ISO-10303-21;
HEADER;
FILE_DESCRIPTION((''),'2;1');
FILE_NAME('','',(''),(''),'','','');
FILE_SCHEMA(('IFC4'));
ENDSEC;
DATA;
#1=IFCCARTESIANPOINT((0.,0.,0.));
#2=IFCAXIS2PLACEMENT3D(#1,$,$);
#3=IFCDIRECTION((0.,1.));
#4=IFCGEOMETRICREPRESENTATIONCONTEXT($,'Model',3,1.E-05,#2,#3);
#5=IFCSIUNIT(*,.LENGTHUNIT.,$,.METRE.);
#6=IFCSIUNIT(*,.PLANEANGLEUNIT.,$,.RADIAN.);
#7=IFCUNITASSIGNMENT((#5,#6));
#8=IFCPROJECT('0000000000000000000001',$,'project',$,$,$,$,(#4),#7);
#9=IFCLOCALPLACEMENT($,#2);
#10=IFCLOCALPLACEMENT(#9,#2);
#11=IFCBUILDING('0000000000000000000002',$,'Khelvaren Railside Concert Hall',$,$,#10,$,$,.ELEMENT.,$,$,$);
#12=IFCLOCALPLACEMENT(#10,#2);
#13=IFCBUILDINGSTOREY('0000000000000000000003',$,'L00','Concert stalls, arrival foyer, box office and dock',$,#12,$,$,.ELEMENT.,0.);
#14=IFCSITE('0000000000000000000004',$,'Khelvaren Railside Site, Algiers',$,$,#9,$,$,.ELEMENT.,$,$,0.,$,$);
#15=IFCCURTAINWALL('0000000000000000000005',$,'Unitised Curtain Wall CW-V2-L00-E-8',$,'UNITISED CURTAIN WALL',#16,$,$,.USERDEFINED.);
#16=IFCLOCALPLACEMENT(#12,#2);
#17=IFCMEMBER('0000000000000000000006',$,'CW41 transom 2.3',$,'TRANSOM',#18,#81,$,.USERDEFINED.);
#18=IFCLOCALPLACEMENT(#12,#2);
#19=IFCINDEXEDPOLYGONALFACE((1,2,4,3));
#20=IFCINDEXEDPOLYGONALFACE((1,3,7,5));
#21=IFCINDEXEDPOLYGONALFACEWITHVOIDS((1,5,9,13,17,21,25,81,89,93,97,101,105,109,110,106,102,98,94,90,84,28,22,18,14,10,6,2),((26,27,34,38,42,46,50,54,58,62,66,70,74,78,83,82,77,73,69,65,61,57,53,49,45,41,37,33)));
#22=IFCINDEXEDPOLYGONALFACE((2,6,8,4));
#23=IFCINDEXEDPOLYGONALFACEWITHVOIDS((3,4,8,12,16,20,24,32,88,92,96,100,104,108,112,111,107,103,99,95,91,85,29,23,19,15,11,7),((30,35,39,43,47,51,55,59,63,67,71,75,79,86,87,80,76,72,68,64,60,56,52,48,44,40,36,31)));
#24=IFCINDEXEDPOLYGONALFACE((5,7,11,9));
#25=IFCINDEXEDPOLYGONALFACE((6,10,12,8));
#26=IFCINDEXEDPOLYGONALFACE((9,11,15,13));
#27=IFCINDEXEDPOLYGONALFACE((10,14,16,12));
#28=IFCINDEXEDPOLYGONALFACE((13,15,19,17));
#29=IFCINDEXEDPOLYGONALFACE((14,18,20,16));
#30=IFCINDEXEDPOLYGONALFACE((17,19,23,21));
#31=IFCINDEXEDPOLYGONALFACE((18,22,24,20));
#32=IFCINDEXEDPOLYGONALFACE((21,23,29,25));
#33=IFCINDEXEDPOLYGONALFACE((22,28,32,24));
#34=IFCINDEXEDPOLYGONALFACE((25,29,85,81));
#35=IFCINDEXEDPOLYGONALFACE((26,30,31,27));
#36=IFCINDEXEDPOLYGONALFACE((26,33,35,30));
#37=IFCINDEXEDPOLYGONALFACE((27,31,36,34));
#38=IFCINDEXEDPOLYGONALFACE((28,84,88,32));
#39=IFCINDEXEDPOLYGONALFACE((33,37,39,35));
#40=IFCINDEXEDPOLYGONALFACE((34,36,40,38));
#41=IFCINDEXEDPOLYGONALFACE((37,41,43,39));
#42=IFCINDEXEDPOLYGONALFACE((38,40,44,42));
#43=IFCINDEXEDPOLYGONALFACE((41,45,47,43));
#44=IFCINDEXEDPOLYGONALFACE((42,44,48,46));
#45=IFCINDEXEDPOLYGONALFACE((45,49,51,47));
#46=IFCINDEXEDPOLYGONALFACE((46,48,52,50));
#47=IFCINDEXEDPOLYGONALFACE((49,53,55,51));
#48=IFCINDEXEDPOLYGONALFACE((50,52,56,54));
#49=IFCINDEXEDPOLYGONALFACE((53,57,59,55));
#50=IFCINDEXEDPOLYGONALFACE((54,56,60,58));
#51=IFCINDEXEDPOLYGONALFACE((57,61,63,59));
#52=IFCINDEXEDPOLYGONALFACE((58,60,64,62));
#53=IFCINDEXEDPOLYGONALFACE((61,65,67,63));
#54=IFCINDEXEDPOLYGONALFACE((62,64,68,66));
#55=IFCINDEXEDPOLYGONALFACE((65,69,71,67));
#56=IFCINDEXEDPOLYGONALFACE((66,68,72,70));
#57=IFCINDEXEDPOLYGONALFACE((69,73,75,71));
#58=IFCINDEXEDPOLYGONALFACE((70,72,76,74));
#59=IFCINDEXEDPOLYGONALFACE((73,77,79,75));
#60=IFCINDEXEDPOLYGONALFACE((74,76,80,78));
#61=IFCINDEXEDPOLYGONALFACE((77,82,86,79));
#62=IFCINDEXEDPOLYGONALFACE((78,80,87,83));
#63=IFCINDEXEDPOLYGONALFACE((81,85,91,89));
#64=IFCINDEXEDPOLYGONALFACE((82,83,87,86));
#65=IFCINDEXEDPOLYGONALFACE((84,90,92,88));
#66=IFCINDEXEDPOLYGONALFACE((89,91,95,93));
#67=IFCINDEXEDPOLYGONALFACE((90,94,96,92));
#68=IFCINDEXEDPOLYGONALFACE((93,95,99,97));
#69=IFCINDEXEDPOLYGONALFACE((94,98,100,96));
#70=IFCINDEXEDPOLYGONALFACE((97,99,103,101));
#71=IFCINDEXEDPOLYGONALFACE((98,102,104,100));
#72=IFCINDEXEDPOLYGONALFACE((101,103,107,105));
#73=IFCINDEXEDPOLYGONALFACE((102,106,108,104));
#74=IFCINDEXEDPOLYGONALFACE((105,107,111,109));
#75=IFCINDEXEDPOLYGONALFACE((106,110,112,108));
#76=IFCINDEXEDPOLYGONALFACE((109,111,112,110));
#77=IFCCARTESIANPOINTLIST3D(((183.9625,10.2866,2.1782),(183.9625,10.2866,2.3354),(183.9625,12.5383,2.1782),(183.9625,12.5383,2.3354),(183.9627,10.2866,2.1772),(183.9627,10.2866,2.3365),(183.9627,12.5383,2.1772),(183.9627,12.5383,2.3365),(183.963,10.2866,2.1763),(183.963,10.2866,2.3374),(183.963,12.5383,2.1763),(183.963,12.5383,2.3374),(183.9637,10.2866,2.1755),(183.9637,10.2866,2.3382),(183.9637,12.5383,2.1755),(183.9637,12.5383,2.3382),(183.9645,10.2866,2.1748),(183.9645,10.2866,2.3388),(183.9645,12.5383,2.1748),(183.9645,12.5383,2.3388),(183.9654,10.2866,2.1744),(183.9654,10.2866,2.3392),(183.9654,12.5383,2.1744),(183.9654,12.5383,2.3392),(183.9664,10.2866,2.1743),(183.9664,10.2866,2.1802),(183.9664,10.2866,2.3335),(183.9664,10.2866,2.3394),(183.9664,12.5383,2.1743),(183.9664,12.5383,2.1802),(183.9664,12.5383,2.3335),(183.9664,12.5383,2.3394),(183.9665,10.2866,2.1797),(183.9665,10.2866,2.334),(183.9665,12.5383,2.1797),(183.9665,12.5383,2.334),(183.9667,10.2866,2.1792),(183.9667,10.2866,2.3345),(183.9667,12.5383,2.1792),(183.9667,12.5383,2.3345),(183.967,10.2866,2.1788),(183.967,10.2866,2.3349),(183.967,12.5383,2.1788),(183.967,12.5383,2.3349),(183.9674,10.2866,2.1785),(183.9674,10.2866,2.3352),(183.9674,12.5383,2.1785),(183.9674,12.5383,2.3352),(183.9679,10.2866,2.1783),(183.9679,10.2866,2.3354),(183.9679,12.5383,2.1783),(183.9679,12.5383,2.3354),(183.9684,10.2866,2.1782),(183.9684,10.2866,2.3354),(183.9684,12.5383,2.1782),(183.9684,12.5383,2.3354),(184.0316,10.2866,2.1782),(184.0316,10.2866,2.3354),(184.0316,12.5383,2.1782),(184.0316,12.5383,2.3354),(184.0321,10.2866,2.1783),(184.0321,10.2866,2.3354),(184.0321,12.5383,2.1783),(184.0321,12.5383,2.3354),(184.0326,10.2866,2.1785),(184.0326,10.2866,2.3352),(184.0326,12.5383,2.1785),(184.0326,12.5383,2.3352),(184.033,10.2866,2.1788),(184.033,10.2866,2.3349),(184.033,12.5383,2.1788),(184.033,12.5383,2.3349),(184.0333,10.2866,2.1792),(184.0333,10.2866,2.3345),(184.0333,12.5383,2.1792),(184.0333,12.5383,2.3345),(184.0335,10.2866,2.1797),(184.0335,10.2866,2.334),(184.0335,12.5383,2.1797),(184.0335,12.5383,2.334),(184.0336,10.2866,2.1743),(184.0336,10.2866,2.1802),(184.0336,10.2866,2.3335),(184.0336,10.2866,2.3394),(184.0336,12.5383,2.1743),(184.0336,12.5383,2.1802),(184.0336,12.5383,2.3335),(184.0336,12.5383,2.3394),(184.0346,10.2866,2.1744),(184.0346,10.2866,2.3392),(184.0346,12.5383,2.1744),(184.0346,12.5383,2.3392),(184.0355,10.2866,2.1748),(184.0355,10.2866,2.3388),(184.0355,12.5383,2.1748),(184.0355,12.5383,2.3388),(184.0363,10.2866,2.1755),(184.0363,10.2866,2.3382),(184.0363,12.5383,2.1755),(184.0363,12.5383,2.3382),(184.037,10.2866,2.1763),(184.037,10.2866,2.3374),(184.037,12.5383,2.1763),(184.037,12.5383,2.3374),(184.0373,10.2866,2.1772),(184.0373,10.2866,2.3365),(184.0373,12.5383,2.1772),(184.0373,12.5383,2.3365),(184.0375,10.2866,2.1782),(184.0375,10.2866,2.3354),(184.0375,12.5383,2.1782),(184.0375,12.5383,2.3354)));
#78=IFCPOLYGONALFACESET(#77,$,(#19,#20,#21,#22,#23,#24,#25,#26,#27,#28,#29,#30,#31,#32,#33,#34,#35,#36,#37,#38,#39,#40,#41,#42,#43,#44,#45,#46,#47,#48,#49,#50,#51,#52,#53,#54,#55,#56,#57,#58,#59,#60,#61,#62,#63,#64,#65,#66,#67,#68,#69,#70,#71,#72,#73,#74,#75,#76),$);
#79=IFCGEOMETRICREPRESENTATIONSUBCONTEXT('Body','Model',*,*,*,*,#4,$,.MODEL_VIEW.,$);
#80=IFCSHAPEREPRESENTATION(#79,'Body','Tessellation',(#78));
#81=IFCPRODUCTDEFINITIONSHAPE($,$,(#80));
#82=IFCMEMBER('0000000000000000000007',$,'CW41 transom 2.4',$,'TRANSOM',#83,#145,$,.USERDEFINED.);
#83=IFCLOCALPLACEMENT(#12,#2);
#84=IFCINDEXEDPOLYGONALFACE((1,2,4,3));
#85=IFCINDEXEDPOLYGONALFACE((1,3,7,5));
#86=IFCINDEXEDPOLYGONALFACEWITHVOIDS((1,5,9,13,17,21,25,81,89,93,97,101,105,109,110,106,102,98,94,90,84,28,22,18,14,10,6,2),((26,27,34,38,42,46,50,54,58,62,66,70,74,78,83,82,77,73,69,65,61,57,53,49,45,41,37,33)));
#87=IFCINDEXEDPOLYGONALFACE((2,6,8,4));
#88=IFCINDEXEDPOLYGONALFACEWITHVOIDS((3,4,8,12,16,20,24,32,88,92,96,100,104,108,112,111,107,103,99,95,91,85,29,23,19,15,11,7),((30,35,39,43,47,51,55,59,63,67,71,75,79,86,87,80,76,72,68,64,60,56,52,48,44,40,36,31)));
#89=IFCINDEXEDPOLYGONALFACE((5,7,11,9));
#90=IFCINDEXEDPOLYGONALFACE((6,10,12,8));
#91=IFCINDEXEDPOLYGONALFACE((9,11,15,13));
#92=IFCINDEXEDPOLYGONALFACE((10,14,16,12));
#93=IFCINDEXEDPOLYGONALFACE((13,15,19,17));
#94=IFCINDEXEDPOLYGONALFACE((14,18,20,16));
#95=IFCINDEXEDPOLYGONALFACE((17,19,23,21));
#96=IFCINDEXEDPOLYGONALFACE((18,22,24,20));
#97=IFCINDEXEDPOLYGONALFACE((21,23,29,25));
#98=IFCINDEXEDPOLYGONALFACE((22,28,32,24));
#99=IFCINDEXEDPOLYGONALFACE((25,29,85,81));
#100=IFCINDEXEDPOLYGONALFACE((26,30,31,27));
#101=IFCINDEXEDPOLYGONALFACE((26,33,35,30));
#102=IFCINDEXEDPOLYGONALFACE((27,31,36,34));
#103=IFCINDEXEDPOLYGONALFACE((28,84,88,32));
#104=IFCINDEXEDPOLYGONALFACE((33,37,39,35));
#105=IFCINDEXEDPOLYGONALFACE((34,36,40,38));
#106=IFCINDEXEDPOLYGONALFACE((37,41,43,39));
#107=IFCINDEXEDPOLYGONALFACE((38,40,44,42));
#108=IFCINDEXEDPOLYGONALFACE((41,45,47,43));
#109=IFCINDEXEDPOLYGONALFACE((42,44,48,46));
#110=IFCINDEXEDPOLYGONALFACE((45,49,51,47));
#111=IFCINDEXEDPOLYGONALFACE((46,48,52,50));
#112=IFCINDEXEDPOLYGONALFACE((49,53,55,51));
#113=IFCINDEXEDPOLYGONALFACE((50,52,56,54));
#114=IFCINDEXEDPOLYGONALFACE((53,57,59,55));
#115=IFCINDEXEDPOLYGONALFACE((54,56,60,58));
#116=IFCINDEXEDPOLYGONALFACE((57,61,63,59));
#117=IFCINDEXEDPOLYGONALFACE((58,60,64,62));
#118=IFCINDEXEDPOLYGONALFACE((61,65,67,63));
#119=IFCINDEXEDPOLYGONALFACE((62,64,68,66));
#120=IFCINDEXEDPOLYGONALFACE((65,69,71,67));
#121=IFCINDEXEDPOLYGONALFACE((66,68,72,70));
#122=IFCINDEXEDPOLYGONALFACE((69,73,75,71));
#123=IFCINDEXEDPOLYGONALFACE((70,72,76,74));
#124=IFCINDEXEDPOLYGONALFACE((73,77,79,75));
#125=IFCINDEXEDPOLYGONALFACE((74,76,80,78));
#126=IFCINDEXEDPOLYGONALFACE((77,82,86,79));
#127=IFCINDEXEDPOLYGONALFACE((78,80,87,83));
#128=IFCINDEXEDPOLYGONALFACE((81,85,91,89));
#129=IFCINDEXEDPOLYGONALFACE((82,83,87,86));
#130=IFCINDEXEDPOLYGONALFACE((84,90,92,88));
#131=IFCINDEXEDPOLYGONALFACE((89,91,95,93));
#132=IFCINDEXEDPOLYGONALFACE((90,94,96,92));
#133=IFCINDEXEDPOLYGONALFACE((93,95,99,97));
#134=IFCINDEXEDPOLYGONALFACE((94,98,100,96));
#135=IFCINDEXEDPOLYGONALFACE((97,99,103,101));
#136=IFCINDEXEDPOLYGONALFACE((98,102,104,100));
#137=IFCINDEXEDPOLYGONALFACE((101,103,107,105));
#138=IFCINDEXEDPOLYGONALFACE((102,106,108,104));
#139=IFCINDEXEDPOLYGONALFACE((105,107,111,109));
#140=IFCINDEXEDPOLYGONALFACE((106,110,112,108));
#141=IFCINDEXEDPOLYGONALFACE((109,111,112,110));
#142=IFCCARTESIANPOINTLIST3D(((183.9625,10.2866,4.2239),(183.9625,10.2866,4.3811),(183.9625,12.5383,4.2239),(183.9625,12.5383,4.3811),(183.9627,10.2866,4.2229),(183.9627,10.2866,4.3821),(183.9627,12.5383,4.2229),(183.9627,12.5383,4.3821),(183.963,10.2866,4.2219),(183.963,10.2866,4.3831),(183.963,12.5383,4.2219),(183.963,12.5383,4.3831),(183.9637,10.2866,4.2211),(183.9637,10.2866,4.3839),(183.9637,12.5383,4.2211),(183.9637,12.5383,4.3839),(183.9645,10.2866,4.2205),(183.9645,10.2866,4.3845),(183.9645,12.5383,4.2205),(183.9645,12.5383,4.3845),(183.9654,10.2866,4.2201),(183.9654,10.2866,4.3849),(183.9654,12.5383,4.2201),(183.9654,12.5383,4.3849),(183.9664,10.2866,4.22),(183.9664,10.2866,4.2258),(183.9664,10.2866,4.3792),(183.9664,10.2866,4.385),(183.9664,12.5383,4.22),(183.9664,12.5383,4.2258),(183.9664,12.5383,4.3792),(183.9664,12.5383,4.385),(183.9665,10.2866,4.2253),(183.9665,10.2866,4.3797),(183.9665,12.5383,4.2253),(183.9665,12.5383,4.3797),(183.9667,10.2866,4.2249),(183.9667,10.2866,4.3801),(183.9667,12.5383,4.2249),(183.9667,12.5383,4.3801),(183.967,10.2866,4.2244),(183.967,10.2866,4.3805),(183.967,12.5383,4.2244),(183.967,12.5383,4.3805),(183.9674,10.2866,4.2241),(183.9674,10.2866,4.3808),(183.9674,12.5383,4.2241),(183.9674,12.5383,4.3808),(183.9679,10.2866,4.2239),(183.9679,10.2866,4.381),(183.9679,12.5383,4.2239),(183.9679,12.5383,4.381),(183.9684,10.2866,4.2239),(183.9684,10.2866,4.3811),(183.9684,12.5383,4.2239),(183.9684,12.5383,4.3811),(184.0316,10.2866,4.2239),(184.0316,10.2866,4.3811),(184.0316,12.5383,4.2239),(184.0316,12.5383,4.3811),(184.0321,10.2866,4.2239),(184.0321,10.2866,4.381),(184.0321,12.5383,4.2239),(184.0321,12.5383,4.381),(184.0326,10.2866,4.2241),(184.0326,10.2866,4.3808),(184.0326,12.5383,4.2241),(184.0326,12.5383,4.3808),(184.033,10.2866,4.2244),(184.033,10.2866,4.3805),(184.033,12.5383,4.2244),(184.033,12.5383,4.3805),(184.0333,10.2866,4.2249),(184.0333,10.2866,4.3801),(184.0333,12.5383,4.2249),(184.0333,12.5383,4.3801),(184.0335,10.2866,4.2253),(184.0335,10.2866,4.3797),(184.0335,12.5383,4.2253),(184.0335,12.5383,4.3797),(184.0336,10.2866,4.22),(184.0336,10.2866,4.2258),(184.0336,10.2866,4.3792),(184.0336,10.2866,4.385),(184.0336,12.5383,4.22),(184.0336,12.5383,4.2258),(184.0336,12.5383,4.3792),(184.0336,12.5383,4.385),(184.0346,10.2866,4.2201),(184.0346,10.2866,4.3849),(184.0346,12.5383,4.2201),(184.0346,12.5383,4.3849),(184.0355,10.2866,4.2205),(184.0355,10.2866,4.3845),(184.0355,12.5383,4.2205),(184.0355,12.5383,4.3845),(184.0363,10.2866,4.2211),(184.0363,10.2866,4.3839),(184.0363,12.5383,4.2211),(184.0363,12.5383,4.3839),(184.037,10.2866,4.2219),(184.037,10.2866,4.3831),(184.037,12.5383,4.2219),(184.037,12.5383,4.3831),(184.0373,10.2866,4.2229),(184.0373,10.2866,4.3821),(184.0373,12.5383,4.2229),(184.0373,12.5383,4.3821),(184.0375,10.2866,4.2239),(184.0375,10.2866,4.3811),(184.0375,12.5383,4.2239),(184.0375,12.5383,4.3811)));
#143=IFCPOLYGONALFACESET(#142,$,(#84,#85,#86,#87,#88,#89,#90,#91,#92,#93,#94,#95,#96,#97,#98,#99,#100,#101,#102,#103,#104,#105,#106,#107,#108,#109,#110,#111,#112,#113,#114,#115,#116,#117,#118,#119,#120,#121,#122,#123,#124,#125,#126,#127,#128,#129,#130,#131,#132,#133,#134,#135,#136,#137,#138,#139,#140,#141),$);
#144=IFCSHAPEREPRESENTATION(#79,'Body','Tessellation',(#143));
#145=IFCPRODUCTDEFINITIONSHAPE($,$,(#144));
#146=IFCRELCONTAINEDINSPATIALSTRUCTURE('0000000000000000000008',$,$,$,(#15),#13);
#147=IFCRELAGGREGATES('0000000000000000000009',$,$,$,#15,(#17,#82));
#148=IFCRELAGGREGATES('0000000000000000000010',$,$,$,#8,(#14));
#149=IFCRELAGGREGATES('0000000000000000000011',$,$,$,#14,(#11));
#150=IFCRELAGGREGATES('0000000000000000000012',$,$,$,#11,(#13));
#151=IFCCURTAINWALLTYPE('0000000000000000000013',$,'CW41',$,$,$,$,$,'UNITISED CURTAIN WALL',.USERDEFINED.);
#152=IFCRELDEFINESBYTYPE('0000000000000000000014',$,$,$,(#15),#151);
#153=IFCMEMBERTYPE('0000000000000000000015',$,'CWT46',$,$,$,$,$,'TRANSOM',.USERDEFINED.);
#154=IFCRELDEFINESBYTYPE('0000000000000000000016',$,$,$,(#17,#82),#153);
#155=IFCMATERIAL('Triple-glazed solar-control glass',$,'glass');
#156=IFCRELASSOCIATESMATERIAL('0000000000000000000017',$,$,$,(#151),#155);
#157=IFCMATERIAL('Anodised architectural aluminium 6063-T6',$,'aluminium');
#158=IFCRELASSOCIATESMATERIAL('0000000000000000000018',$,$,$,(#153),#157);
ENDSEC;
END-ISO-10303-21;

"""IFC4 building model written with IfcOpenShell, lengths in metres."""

from ifc_helpers import new_model, si_unit, direction, frame, origin, origin_2d, place, context, subcontext, project, spatial, hollow_rectangle, extrude, material, material_profile, profile_set, type_object, element, aggregate, save


model = new_model("IFC4")

# Units and contexts
model_context = context("Model", 3, precision=1e-05, world=origin(), true_north=direction((0.0, 1.0)))
body_context = subcontext(model_context, "Body", "Model", "MODEL_VIEW")
ifc_project = project(units=[si_unit("LENGTHUNIT", "METRE"), si_unit("PLANEANGLEUNIT", "RADIAN")], contexts=[model_context])

# Site, building, storey
site_placement = place(None, origin())
site = spatial("IfcSite", under=ifc_project, at=site_placement, Name="Khelvaren Railside Site, Algiers", CompositionType="ELEMENT", RefElevation=0.0)
building_placement = place(site_placement, origin())
building = spatial("IfcBuilding", under=site, at=building_placement, Name="Khelvaren Railside Concert Hall", CompositionType="ELEMENT")
storey_placement = place(building_placement, origin())
storey = spatial("IfcBuildingStorey", under=building, at=storey_placement, Name="L00", Description="Concert stalls, arrival foyer, box office and dock", CompositionType="ELEMENT", Elevation=0.0)

# Curtain wall
ifc_material_1 = material(Name="Triple-glazed solar-control glass", Category="glass")
curtain_wall_type_1 = type_object("IfcCurtainWallType", Name="CW41", ElementType="UNITISED CURTAIN WALL", PredefinedType="USERDEFINED", material=ifc_material_1)
curtain_wall_1_placement = place(storey_placement, origin())
curtain_wall_1 = element("IfcCurtainWall", 1, at=curtain_wall_1_placement, inside=storey, type_object=curtain_wall_type_1, Name="Unitised Curtain Wall CW-V2-L00-E-8", ObjectType="UNITISED CURTAIN WALL", PredefinedType="USERDEFINED")
ifc_material_2 = material(Name="Anodised architectural aluminium 6063-T6", Category="aluminium")

# Members
ifc_material_profile_1 = material_profile(ifc_material_2, hollow_rectangle(XDim=0.075, YDim=0.165, WallThickness=0.0039, InnerFilletRadius=0.002, OuterFilletRadius=0.0039, at=origin_2d()), Name="CWT 75x165x4")
ifc_profile_set_1 = profile_set([ifc_material_profile_1], Name="Anodised architectural aluminium 6063-T6")
member_type_1 = type_object("IfcMemberType", Name="CWT46", ElementType="TRANSOM", PredefinedType="USERDEFINED", material=ifc_profile_set_1)
member_1_placement = place(storey_placement, frame((184.0, 12.5383, 2.2568), z_axis=(0.0, -1.0, 0.0), x_axis=(1.0, 0.0, 0.0)))
member_1 = element("IfcMember", 2, at=member_1_placement, type_object=member_type_1, Name="CW41 transom 2.3", ObjectType="TRANSOM", PredefinedType="USERDEFINED", context=body_context, shape_type="SweptSolid", body=[
    extrude(hollow_rectangle(XDim=0.075, YDim=0.165, WallThickness=0.0039, InnerFilletRadius=0.002, OuterFilletRadius=0.0039, at=origin_2d()), origin(), (0.0, 0.0, 1.0), 2.2517),
])
member_2_placement = place(storey_placement, frame((184.0, 12.5383, 4.3025), z_axis=(0.0, -1.0, 0.0), x_axis=(1.0, 0.0, 0.0)))
member_2 = element("IfcMember", 3, at=member_2_placement, type_object=member_type_1, Name="CW41 transom 2.4", ObjectType="TRANSOM", PredefinedType="USERDEFINED", context=body_context, shape_type="SweptSolid", body=[
    extrude(hollow_rectangle(XDim=0.075, YDim=0.165, WallThickness=0.0039, InnerFilletRadius=0.002, OuterFilletRadius=0.0039, at=origin_2d()), origin(), (0.0, 0.0, 1.0), 2.2517),
])

aggregate(curtain_wall_1, [member_1, member_2])

save(model, "model.ifc")
